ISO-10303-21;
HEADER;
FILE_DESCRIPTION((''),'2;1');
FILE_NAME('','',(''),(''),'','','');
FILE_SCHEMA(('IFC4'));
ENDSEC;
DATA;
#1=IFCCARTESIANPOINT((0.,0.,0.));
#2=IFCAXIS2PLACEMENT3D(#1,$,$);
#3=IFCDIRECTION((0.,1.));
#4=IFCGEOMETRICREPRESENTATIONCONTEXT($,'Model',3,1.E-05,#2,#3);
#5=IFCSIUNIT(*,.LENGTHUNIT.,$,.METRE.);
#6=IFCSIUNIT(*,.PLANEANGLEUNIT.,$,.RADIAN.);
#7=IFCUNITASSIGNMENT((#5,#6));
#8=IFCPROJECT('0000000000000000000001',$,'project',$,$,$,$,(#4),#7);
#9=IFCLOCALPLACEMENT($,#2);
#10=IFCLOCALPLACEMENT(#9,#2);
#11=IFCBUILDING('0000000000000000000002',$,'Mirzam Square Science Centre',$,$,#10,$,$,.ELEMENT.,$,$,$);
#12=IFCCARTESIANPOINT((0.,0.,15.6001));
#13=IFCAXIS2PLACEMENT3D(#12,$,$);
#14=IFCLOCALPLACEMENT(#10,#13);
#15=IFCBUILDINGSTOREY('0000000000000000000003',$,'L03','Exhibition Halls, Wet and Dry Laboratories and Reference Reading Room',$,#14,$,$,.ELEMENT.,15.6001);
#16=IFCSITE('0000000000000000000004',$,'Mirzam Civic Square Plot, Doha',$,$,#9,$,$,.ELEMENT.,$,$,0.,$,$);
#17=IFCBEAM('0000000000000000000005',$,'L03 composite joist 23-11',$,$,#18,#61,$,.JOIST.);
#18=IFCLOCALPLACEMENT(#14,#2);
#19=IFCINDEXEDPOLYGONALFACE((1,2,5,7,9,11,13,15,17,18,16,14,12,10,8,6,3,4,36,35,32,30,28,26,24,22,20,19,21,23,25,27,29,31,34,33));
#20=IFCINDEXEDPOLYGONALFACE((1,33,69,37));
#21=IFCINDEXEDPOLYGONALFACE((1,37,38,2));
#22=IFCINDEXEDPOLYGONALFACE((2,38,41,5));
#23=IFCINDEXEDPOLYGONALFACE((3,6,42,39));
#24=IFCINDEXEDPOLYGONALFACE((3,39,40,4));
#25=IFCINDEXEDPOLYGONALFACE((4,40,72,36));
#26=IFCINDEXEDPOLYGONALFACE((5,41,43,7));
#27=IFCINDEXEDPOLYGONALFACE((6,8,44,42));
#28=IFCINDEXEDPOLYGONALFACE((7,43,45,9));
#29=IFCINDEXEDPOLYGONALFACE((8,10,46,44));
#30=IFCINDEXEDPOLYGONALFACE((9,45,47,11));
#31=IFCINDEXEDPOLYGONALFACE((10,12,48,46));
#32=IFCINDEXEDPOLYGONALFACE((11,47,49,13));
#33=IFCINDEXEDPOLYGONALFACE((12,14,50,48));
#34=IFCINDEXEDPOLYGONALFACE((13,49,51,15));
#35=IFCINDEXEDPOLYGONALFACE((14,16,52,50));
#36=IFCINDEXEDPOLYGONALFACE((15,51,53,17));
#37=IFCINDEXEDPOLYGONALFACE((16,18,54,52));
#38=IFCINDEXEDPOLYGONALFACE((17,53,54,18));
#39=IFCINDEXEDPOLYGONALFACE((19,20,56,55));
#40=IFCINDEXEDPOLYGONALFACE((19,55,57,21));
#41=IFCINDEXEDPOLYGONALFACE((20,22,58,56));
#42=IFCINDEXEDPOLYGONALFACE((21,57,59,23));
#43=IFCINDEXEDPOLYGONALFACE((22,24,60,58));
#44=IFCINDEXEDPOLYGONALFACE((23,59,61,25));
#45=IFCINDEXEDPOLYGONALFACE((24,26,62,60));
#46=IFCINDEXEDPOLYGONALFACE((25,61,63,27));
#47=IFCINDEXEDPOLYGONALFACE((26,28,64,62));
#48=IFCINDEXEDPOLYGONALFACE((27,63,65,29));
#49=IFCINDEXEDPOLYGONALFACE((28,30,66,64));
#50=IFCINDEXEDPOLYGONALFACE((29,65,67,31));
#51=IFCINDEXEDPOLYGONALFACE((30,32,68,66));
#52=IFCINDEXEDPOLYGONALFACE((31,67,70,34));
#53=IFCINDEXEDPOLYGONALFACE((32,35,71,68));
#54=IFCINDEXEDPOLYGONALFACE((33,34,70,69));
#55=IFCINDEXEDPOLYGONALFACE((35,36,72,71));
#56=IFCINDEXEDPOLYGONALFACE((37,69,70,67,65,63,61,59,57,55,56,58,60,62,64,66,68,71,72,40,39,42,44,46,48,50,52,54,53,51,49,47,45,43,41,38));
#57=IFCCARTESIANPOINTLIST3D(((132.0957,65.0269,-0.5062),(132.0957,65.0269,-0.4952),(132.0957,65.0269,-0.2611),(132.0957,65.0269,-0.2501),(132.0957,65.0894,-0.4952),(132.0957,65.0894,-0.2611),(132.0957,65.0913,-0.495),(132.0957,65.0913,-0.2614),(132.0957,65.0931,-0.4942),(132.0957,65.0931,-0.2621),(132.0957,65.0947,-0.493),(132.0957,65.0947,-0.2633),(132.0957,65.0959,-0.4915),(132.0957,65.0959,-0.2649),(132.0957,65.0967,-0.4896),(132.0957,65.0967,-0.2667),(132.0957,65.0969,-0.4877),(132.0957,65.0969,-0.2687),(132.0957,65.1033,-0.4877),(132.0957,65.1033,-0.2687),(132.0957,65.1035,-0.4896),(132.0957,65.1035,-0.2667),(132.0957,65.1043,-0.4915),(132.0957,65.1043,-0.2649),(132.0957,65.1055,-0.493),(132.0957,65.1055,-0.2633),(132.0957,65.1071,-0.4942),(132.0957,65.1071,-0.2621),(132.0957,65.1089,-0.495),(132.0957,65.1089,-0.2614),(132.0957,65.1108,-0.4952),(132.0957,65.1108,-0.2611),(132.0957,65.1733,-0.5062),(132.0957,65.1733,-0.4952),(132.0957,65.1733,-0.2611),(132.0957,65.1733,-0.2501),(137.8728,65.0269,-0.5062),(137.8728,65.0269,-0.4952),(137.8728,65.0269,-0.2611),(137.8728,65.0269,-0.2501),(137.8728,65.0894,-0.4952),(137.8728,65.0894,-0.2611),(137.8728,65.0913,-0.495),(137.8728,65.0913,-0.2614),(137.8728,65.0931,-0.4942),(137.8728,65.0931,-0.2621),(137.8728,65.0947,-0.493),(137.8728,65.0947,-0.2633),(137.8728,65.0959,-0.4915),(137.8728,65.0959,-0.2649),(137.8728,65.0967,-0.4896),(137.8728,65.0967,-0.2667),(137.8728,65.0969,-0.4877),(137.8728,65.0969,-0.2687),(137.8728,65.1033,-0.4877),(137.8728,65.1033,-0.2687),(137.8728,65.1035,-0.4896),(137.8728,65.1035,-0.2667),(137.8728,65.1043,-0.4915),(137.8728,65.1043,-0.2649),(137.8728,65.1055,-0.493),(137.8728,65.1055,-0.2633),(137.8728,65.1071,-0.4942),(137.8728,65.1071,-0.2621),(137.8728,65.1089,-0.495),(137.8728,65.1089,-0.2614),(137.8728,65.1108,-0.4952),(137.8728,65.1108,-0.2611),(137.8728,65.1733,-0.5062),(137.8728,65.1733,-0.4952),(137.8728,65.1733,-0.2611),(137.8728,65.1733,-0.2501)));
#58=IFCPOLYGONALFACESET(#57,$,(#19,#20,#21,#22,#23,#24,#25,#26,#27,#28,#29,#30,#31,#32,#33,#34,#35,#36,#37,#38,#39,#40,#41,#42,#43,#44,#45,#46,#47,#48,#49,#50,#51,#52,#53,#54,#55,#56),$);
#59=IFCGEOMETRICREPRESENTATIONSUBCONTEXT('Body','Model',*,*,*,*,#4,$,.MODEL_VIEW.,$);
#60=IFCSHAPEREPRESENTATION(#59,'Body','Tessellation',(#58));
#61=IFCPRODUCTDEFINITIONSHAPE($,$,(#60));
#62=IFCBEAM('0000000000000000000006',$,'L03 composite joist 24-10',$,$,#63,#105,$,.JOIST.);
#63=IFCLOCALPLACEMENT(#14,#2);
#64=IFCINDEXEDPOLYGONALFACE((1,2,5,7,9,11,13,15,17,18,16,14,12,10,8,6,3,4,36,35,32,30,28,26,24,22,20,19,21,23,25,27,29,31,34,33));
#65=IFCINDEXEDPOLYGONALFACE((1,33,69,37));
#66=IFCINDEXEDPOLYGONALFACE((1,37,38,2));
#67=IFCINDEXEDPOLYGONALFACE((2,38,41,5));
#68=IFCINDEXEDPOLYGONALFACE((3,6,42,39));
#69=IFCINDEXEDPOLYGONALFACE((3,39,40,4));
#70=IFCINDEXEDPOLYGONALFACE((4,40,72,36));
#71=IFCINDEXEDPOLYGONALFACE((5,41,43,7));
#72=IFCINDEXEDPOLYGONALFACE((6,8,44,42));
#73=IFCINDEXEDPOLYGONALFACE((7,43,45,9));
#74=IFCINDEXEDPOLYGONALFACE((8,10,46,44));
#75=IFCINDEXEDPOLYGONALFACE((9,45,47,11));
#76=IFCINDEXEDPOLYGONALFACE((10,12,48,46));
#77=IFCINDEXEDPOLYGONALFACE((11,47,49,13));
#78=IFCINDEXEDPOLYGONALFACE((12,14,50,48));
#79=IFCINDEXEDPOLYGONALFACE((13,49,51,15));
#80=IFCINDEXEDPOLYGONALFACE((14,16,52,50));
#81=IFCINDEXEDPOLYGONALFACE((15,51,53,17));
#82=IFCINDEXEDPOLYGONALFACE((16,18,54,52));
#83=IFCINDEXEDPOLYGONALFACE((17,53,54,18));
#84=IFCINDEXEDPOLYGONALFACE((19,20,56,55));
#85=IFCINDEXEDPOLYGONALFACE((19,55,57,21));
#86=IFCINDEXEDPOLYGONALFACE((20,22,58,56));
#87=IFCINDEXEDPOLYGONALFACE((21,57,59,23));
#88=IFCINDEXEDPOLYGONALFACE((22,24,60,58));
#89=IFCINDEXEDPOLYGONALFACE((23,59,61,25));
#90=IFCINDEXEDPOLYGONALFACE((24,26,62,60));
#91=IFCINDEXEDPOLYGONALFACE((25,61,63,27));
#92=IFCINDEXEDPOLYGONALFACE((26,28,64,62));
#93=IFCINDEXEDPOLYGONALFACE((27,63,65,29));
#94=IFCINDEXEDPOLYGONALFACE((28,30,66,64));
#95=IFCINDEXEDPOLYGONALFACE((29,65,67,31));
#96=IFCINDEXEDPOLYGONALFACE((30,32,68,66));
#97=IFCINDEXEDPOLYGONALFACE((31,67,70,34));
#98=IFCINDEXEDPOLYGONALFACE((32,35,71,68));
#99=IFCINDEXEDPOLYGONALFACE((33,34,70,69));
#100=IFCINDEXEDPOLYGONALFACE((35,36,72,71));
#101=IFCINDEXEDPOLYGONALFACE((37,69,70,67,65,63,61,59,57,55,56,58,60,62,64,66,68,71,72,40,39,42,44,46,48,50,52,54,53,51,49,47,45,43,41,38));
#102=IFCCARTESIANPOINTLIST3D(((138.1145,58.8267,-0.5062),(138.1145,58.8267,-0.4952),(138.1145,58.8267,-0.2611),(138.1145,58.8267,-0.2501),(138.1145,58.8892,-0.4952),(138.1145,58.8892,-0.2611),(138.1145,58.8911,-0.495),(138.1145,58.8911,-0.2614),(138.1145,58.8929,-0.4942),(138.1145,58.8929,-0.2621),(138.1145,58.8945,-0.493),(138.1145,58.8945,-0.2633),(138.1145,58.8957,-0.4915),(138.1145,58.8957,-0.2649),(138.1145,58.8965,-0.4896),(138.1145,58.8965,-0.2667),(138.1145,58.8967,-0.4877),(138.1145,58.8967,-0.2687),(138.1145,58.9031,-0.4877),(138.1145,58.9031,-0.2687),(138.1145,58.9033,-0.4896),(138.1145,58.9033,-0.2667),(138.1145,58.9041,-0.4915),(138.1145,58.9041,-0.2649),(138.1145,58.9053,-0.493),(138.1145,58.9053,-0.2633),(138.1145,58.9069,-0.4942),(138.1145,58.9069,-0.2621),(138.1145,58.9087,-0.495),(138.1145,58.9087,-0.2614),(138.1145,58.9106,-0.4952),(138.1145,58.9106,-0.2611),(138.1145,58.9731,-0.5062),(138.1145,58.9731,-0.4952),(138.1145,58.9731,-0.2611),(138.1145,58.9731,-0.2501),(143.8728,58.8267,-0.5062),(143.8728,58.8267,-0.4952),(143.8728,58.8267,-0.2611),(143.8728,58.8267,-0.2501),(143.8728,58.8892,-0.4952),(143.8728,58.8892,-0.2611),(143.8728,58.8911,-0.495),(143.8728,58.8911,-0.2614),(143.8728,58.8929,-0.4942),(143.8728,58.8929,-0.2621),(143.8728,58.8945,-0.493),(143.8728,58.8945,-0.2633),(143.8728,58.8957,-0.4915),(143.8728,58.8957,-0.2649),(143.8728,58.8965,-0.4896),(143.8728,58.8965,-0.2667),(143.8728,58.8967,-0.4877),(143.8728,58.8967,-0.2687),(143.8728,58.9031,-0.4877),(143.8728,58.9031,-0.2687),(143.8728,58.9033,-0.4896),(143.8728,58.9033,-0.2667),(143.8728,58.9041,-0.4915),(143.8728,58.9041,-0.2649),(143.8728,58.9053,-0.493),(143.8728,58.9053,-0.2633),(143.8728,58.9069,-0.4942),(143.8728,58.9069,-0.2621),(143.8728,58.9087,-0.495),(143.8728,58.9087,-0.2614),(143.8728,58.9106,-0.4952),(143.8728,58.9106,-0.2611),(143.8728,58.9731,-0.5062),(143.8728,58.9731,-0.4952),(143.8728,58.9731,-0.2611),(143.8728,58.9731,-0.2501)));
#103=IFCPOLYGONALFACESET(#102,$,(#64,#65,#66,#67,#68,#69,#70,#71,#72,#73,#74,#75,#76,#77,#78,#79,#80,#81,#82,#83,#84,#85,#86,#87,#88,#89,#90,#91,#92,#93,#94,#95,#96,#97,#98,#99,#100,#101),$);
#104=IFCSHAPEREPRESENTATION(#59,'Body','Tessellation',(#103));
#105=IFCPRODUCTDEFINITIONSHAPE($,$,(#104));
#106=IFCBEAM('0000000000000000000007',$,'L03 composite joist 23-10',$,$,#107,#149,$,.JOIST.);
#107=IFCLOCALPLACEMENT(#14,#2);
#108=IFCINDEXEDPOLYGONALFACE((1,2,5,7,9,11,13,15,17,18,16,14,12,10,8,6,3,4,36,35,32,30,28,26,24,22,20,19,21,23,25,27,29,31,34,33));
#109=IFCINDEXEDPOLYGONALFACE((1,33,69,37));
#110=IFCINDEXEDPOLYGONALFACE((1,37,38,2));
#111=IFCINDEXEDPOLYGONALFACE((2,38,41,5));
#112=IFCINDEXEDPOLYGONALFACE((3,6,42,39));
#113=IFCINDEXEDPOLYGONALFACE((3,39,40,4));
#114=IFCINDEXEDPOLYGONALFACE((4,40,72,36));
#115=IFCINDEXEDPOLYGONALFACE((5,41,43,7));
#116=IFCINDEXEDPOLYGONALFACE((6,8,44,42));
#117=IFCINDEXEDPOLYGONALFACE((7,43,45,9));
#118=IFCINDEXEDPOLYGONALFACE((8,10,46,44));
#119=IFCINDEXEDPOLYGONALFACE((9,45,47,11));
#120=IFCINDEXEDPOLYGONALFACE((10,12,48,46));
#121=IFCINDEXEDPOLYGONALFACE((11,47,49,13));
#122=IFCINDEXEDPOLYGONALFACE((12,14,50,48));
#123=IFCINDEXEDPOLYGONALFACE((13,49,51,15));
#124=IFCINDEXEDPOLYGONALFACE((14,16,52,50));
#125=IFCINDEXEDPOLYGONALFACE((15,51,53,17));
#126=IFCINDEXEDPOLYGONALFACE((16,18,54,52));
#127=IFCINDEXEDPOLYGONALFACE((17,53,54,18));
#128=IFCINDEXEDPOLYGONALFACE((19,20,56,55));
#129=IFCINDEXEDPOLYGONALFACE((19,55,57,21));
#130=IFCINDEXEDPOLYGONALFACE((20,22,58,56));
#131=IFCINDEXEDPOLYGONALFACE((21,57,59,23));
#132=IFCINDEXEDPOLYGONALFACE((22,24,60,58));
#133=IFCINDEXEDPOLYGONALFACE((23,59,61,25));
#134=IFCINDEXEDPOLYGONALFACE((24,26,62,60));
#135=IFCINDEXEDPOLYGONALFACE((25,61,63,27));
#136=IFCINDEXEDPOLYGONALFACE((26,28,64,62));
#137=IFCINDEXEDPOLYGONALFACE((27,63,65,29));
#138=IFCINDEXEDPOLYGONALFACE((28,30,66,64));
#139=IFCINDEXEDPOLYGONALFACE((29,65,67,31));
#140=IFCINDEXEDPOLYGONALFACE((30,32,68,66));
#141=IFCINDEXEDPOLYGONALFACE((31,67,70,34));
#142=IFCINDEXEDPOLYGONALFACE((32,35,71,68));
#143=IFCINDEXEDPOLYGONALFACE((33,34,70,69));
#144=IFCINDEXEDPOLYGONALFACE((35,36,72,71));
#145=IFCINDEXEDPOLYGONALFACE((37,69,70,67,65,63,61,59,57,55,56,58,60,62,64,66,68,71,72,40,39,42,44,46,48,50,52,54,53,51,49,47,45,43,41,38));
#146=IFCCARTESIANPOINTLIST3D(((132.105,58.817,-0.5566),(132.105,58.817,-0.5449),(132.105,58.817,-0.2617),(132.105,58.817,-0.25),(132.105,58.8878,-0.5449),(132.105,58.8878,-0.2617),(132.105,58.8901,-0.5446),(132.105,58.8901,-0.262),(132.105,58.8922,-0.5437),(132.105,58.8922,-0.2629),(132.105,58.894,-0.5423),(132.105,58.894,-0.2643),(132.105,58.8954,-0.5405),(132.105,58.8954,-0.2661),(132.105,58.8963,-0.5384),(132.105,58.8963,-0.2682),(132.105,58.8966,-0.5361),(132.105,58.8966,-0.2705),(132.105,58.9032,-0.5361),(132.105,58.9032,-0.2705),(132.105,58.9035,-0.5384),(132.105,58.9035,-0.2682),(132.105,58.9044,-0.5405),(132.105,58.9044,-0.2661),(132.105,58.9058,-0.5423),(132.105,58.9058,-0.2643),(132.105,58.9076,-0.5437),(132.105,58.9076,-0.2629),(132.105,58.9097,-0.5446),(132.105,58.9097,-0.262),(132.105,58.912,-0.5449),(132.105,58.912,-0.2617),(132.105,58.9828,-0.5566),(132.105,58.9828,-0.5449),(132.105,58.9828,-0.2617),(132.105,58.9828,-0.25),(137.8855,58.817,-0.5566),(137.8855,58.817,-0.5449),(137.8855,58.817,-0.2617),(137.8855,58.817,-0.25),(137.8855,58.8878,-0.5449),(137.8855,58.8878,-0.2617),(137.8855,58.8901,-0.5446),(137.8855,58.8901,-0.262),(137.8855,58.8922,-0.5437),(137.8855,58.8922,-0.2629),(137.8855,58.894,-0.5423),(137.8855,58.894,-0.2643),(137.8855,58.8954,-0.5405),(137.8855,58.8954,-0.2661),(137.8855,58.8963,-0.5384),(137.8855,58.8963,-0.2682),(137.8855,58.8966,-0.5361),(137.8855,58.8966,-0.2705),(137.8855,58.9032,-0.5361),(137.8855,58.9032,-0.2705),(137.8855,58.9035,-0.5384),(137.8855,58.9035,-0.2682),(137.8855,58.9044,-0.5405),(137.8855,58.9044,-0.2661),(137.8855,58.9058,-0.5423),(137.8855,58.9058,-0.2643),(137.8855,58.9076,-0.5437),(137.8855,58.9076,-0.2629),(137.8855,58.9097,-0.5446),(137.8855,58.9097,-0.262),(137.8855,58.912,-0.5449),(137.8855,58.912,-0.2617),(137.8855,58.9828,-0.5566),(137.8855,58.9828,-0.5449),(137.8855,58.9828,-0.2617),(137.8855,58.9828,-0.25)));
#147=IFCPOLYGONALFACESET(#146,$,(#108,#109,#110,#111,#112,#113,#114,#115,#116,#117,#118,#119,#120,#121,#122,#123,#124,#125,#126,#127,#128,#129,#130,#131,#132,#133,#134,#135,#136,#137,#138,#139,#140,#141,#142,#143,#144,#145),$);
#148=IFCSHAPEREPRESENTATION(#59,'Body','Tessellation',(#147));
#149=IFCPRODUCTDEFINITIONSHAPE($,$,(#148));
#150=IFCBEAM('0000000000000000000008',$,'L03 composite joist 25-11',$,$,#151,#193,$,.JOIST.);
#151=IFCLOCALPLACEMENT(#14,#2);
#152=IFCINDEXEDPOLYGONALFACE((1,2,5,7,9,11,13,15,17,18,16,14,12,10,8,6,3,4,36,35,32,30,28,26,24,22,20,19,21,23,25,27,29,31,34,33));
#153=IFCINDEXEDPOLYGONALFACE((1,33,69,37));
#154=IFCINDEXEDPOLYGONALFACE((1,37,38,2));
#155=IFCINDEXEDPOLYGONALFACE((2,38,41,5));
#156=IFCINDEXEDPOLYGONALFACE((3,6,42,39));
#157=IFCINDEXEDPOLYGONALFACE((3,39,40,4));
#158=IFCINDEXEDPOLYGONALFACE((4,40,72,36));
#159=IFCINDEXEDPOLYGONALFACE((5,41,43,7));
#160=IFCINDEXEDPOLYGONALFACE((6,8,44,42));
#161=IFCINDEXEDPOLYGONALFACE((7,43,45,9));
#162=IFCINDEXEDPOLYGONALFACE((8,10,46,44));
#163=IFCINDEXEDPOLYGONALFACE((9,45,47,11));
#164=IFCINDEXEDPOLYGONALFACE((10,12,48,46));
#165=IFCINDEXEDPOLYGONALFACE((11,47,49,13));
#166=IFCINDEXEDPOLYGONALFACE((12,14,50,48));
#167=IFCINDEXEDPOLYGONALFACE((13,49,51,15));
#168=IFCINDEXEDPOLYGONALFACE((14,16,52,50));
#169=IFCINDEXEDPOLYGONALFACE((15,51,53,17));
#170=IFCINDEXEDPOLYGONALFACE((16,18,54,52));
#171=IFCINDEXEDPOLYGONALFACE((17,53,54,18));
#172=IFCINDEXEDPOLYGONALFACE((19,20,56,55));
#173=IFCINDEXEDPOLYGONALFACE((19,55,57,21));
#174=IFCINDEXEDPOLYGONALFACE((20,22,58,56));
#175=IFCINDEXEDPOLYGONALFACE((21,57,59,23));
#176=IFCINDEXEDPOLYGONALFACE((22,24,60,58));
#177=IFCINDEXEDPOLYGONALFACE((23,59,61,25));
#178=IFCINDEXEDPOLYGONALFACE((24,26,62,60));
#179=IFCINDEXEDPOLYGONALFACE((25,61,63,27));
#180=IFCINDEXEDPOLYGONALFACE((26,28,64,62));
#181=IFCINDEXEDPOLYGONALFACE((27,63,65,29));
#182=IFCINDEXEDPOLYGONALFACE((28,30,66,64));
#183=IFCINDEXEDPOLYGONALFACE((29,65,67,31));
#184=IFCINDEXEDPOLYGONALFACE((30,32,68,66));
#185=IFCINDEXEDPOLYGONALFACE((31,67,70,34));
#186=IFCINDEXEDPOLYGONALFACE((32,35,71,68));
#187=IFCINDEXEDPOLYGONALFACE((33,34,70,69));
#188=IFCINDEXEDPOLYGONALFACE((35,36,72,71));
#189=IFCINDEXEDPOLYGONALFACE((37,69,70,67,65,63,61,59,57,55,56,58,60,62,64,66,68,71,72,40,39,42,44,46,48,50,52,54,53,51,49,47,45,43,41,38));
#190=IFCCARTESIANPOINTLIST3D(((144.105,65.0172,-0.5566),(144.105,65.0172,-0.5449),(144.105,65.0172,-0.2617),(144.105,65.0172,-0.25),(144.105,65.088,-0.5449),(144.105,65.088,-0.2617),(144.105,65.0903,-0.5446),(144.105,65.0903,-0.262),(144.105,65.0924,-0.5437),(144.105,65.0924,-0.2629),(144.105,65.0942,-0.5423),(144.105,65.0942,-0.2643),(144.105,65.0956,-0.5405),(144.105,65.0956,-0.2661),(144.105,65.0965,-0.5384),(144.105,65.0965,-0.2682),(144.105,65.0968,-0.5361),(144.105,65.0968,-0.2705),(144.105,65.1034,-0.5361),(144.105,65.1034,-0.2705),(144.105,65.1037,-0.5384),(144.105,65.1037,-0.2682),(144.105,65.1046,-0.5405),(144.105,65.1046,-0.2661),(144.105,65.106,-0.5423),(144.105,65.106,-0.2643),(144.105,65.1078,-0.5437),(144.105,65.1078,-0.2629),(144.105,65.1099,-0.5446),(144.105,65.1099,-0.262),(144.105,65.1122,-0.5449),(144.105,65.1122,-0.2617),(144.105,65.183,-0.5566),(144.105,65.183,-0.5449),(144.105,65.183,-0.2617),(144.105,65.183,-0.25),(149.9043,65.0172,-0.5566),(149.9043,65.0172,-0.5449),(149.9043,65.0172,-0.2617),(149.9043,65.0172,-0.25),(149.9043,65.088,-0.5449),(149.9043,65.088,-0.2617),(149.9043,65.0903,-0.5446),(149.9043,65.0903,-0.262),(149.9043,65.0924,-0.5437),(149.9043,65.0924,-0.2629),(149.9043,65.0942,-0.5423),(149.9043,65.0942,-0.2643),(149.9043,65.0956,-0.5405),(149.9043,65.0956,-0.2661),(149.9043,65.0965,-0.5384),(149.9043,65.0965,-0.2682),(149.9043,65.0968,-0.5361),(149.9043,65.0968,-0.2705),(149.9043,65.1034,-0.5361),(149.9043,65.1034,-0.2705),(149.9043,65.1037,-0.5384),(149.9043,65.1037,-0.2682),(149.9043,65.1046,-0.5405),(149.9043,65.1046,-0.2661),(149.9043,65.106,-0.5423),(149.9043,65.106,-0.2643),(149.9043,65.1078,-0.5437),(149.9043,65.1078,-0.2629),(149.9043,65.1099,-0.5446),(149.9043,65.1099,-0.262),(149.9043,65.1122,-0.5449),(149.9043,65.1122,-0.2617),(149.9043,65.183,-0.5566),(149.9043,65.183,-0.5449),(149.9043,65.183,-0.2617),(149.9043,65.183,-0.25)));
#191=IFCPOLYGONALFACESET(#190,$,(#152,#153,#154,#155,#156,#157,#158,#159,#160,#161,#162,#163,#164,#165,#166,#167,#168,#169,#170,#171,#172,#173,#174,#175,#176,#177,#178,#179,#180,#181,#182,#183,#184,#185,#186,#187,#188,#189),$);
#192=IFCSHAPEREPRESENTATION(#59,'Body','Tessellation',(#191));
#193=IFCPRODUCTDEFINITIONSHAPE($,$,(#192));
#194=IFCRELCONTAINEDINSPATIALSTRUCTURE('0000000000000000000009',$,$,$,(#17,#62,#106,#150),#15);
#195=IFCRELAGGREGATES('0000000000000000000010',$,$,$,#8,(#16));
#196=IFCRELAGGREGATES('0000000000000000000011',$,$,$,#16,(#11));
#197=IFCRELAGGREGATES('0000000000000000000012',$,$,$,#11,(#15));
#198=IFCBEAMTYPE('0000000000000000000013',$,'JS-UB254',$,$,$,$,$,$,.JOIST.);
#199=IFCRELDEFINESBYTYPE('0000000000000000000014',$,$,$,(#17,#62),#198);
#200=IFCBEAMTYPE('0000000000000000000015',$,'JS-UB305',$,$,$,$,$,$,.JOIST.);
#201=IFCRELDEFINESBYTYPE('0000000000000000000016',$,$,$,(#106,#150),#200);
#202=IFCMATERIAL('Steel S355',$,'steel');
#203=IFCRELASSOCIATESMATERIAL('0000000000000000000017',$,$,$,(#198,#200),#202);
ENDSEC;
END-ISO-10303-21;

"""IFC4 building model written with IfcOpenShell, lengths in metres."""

from ifc_helpers import new_model, si_unit, direction, frame, origin, origin_2d, place, context, subcontext, project, spatial, i_section, extrude, material, material_profile, profile_set, type_object, element, save


model = new_model("IFC4")

# Units and contexts
model_context = context("Model", 3, precision=1e-05, world=origin(), true_north=direction((0.0, 1.0)))
body_context = subcontext(model_context, "Body", "Model", "MODEL_VIEW")
ifc_project = project(units=[si_unit("LENGTHUNIT", "METRE"), si_unit("PLANEANGLEUNIT", "RADIAN")], contexts=[model_context])

# Site, building, storey
site_placement = place(None, origin())
site = spatial("IfcSite", under=ifc_project, at=site_placement, Name="Mirzam Civic Square Plot, Doha", CompositionType="ELEMENT", RefElevation=0.0)
building_placement = place(site_placement, origin())
building = spatial("IfcBuilding", under=site, at=building_placement, Name="Mirzam Square Science Centre", CompositionType="ELEMENT")
storey_placement = place(building_placement, frame((0.0, 0.0, 15.6001)))
storey = spatial("IfcBuildingStorey", under=building, at=storey_placement, Name="L03", Description="Exhibition Halls, Wet and Dry Laboratories and Reference Reading Room", CompositionType="ELEMENT", Elevation=15.6001)

# Shared definitions
ifc_material_1 = material(Name="Steel S355", Category="steel")

# Beams
ifc_material_profile_1 = material_profile(ifc_material_1, i_section(OverallWidth=0.1465, OverallDepth=0.2561, WebThickness=0.0063, FlangeThickness=0.011, FilletRadius=0.0076, at=origin_2d()), Name="254x146x37UB")
ifc_profile_set_1 = profile_set([ifc_material_profile_1], Name="Steel S355")
beam_type_1 = type_object("IfcBeamType", Name="JS-UB254", PredefinedType="JOIST", material=ifc_profile_set_1)
beam_1_placement = place(storey_placement, frame((132.0957, 65.1001, -0.3782), z_axis=(1.0, 0.0, 0.0), x_axis=(0.0, 1.0, 0.0)))
element("IfcBeam", 1, at=beam_1_placement, inside=storey, type_object=beam_type_1, Name="L03 composite joist 23-11", PredefinedType="JOIST", context=body_context, shape_type="SweptSolid", body=[
    extrude(i_section(OverallWidth=0.1465, OverallDepth=0.2561, WebThickness=0.0063, FlangeThickness=0.011, FilletRadius=0.0076, at=origin_2d()), origin(), (0.0, 0.0, 1.0), 5.7771),
])
beam_2_placement = place(storey_placement, frame((138.1145, 58.8999, -0.3782), z_axis=(1.0, 0.0, 0.0), x_axis=(0.0, 1.0, 0.0)))
element("IfcBeam", 2, at=beam_2_placement, inside=storey, type_object=beam_type_1, Name="L03 composite joist 24-10", PredefinedType="JOIST", context=body_context, shape_type="SweptSolid", body=[
    extrude(i_section(OverallWidth=0.1465, OverallDepth=0.2561, WebThickness=0.0063, FlangeThickness=0.011, FilletRadius=0.0076, at=origin_2d()), origin(), (0.0, 0.0, 1.0), 5.7583),
])
ifc_material_profile_2 = material_profile(ifc_material_1, i_section(OverallWidth=0.1658, OverallDepth=0.3066, WebThickness=0.0066, FlangeThickness=0.0117, FilletRadius=0.0088, at=origin_2d()), Name="305x165x46UB")
ifc_profile_set_2 = profile_set([ifc_material_profile_2], Name="Steel S355")
beam_type_2 = type_object("IfcBeamType", Name="JS-UB305", PredefinedType="JOIST", material=ifc_profile_set_2)
beam_3_placement = place(storey_placement, frame((132.105, 58.8999, -0.4033), z_axis=(1.0, 0.0, 0.0), x_axis=(0.0, 1.0, 0.0)))
element("IfcBeam", 3, at=beam_3_placement, inside=storey, type_object=beam_type_2, Name="L03 composite joist 23-10", PredefinedType="JOIST", context=body_context, shape_type="SweptSolid", body=[
    extrude(i_section(OverallWidth=0.1658, OverallDepth=0.3066, WebThickness=0.0066, FlangeThickness=0.0117, FilletRadius=0.0088, at=origin_2d()), origin(), (0.0, 0.0, 1.0), 5.7805),
])
beam_4_placement = place(storey_placement, frame((144.105, 65.1001, -0.4033), z_axis=(1.0, 0.0, 0.0), x_axis=(0.0, 1.0, 0.0)))
element("IfcBeam", 4, at=beam_4_placement, inside=storey, type_object=beam_type_2, Name="L03 composite joist 25-11", PredefinedType="JOIST", context=body_context, shape_type="SweptSolid", body=[
    extrude(i_section(OverallWidth=0.1658, OverallDepth=0.3066, WebThickness=0.0066, FlangeThickness=0.0117, FilletRadius=0.0088, at=origin_2d()), origin(), (0.0, 0.0, 1.0), 5.7993),
])

save(model, "model.ifc")
